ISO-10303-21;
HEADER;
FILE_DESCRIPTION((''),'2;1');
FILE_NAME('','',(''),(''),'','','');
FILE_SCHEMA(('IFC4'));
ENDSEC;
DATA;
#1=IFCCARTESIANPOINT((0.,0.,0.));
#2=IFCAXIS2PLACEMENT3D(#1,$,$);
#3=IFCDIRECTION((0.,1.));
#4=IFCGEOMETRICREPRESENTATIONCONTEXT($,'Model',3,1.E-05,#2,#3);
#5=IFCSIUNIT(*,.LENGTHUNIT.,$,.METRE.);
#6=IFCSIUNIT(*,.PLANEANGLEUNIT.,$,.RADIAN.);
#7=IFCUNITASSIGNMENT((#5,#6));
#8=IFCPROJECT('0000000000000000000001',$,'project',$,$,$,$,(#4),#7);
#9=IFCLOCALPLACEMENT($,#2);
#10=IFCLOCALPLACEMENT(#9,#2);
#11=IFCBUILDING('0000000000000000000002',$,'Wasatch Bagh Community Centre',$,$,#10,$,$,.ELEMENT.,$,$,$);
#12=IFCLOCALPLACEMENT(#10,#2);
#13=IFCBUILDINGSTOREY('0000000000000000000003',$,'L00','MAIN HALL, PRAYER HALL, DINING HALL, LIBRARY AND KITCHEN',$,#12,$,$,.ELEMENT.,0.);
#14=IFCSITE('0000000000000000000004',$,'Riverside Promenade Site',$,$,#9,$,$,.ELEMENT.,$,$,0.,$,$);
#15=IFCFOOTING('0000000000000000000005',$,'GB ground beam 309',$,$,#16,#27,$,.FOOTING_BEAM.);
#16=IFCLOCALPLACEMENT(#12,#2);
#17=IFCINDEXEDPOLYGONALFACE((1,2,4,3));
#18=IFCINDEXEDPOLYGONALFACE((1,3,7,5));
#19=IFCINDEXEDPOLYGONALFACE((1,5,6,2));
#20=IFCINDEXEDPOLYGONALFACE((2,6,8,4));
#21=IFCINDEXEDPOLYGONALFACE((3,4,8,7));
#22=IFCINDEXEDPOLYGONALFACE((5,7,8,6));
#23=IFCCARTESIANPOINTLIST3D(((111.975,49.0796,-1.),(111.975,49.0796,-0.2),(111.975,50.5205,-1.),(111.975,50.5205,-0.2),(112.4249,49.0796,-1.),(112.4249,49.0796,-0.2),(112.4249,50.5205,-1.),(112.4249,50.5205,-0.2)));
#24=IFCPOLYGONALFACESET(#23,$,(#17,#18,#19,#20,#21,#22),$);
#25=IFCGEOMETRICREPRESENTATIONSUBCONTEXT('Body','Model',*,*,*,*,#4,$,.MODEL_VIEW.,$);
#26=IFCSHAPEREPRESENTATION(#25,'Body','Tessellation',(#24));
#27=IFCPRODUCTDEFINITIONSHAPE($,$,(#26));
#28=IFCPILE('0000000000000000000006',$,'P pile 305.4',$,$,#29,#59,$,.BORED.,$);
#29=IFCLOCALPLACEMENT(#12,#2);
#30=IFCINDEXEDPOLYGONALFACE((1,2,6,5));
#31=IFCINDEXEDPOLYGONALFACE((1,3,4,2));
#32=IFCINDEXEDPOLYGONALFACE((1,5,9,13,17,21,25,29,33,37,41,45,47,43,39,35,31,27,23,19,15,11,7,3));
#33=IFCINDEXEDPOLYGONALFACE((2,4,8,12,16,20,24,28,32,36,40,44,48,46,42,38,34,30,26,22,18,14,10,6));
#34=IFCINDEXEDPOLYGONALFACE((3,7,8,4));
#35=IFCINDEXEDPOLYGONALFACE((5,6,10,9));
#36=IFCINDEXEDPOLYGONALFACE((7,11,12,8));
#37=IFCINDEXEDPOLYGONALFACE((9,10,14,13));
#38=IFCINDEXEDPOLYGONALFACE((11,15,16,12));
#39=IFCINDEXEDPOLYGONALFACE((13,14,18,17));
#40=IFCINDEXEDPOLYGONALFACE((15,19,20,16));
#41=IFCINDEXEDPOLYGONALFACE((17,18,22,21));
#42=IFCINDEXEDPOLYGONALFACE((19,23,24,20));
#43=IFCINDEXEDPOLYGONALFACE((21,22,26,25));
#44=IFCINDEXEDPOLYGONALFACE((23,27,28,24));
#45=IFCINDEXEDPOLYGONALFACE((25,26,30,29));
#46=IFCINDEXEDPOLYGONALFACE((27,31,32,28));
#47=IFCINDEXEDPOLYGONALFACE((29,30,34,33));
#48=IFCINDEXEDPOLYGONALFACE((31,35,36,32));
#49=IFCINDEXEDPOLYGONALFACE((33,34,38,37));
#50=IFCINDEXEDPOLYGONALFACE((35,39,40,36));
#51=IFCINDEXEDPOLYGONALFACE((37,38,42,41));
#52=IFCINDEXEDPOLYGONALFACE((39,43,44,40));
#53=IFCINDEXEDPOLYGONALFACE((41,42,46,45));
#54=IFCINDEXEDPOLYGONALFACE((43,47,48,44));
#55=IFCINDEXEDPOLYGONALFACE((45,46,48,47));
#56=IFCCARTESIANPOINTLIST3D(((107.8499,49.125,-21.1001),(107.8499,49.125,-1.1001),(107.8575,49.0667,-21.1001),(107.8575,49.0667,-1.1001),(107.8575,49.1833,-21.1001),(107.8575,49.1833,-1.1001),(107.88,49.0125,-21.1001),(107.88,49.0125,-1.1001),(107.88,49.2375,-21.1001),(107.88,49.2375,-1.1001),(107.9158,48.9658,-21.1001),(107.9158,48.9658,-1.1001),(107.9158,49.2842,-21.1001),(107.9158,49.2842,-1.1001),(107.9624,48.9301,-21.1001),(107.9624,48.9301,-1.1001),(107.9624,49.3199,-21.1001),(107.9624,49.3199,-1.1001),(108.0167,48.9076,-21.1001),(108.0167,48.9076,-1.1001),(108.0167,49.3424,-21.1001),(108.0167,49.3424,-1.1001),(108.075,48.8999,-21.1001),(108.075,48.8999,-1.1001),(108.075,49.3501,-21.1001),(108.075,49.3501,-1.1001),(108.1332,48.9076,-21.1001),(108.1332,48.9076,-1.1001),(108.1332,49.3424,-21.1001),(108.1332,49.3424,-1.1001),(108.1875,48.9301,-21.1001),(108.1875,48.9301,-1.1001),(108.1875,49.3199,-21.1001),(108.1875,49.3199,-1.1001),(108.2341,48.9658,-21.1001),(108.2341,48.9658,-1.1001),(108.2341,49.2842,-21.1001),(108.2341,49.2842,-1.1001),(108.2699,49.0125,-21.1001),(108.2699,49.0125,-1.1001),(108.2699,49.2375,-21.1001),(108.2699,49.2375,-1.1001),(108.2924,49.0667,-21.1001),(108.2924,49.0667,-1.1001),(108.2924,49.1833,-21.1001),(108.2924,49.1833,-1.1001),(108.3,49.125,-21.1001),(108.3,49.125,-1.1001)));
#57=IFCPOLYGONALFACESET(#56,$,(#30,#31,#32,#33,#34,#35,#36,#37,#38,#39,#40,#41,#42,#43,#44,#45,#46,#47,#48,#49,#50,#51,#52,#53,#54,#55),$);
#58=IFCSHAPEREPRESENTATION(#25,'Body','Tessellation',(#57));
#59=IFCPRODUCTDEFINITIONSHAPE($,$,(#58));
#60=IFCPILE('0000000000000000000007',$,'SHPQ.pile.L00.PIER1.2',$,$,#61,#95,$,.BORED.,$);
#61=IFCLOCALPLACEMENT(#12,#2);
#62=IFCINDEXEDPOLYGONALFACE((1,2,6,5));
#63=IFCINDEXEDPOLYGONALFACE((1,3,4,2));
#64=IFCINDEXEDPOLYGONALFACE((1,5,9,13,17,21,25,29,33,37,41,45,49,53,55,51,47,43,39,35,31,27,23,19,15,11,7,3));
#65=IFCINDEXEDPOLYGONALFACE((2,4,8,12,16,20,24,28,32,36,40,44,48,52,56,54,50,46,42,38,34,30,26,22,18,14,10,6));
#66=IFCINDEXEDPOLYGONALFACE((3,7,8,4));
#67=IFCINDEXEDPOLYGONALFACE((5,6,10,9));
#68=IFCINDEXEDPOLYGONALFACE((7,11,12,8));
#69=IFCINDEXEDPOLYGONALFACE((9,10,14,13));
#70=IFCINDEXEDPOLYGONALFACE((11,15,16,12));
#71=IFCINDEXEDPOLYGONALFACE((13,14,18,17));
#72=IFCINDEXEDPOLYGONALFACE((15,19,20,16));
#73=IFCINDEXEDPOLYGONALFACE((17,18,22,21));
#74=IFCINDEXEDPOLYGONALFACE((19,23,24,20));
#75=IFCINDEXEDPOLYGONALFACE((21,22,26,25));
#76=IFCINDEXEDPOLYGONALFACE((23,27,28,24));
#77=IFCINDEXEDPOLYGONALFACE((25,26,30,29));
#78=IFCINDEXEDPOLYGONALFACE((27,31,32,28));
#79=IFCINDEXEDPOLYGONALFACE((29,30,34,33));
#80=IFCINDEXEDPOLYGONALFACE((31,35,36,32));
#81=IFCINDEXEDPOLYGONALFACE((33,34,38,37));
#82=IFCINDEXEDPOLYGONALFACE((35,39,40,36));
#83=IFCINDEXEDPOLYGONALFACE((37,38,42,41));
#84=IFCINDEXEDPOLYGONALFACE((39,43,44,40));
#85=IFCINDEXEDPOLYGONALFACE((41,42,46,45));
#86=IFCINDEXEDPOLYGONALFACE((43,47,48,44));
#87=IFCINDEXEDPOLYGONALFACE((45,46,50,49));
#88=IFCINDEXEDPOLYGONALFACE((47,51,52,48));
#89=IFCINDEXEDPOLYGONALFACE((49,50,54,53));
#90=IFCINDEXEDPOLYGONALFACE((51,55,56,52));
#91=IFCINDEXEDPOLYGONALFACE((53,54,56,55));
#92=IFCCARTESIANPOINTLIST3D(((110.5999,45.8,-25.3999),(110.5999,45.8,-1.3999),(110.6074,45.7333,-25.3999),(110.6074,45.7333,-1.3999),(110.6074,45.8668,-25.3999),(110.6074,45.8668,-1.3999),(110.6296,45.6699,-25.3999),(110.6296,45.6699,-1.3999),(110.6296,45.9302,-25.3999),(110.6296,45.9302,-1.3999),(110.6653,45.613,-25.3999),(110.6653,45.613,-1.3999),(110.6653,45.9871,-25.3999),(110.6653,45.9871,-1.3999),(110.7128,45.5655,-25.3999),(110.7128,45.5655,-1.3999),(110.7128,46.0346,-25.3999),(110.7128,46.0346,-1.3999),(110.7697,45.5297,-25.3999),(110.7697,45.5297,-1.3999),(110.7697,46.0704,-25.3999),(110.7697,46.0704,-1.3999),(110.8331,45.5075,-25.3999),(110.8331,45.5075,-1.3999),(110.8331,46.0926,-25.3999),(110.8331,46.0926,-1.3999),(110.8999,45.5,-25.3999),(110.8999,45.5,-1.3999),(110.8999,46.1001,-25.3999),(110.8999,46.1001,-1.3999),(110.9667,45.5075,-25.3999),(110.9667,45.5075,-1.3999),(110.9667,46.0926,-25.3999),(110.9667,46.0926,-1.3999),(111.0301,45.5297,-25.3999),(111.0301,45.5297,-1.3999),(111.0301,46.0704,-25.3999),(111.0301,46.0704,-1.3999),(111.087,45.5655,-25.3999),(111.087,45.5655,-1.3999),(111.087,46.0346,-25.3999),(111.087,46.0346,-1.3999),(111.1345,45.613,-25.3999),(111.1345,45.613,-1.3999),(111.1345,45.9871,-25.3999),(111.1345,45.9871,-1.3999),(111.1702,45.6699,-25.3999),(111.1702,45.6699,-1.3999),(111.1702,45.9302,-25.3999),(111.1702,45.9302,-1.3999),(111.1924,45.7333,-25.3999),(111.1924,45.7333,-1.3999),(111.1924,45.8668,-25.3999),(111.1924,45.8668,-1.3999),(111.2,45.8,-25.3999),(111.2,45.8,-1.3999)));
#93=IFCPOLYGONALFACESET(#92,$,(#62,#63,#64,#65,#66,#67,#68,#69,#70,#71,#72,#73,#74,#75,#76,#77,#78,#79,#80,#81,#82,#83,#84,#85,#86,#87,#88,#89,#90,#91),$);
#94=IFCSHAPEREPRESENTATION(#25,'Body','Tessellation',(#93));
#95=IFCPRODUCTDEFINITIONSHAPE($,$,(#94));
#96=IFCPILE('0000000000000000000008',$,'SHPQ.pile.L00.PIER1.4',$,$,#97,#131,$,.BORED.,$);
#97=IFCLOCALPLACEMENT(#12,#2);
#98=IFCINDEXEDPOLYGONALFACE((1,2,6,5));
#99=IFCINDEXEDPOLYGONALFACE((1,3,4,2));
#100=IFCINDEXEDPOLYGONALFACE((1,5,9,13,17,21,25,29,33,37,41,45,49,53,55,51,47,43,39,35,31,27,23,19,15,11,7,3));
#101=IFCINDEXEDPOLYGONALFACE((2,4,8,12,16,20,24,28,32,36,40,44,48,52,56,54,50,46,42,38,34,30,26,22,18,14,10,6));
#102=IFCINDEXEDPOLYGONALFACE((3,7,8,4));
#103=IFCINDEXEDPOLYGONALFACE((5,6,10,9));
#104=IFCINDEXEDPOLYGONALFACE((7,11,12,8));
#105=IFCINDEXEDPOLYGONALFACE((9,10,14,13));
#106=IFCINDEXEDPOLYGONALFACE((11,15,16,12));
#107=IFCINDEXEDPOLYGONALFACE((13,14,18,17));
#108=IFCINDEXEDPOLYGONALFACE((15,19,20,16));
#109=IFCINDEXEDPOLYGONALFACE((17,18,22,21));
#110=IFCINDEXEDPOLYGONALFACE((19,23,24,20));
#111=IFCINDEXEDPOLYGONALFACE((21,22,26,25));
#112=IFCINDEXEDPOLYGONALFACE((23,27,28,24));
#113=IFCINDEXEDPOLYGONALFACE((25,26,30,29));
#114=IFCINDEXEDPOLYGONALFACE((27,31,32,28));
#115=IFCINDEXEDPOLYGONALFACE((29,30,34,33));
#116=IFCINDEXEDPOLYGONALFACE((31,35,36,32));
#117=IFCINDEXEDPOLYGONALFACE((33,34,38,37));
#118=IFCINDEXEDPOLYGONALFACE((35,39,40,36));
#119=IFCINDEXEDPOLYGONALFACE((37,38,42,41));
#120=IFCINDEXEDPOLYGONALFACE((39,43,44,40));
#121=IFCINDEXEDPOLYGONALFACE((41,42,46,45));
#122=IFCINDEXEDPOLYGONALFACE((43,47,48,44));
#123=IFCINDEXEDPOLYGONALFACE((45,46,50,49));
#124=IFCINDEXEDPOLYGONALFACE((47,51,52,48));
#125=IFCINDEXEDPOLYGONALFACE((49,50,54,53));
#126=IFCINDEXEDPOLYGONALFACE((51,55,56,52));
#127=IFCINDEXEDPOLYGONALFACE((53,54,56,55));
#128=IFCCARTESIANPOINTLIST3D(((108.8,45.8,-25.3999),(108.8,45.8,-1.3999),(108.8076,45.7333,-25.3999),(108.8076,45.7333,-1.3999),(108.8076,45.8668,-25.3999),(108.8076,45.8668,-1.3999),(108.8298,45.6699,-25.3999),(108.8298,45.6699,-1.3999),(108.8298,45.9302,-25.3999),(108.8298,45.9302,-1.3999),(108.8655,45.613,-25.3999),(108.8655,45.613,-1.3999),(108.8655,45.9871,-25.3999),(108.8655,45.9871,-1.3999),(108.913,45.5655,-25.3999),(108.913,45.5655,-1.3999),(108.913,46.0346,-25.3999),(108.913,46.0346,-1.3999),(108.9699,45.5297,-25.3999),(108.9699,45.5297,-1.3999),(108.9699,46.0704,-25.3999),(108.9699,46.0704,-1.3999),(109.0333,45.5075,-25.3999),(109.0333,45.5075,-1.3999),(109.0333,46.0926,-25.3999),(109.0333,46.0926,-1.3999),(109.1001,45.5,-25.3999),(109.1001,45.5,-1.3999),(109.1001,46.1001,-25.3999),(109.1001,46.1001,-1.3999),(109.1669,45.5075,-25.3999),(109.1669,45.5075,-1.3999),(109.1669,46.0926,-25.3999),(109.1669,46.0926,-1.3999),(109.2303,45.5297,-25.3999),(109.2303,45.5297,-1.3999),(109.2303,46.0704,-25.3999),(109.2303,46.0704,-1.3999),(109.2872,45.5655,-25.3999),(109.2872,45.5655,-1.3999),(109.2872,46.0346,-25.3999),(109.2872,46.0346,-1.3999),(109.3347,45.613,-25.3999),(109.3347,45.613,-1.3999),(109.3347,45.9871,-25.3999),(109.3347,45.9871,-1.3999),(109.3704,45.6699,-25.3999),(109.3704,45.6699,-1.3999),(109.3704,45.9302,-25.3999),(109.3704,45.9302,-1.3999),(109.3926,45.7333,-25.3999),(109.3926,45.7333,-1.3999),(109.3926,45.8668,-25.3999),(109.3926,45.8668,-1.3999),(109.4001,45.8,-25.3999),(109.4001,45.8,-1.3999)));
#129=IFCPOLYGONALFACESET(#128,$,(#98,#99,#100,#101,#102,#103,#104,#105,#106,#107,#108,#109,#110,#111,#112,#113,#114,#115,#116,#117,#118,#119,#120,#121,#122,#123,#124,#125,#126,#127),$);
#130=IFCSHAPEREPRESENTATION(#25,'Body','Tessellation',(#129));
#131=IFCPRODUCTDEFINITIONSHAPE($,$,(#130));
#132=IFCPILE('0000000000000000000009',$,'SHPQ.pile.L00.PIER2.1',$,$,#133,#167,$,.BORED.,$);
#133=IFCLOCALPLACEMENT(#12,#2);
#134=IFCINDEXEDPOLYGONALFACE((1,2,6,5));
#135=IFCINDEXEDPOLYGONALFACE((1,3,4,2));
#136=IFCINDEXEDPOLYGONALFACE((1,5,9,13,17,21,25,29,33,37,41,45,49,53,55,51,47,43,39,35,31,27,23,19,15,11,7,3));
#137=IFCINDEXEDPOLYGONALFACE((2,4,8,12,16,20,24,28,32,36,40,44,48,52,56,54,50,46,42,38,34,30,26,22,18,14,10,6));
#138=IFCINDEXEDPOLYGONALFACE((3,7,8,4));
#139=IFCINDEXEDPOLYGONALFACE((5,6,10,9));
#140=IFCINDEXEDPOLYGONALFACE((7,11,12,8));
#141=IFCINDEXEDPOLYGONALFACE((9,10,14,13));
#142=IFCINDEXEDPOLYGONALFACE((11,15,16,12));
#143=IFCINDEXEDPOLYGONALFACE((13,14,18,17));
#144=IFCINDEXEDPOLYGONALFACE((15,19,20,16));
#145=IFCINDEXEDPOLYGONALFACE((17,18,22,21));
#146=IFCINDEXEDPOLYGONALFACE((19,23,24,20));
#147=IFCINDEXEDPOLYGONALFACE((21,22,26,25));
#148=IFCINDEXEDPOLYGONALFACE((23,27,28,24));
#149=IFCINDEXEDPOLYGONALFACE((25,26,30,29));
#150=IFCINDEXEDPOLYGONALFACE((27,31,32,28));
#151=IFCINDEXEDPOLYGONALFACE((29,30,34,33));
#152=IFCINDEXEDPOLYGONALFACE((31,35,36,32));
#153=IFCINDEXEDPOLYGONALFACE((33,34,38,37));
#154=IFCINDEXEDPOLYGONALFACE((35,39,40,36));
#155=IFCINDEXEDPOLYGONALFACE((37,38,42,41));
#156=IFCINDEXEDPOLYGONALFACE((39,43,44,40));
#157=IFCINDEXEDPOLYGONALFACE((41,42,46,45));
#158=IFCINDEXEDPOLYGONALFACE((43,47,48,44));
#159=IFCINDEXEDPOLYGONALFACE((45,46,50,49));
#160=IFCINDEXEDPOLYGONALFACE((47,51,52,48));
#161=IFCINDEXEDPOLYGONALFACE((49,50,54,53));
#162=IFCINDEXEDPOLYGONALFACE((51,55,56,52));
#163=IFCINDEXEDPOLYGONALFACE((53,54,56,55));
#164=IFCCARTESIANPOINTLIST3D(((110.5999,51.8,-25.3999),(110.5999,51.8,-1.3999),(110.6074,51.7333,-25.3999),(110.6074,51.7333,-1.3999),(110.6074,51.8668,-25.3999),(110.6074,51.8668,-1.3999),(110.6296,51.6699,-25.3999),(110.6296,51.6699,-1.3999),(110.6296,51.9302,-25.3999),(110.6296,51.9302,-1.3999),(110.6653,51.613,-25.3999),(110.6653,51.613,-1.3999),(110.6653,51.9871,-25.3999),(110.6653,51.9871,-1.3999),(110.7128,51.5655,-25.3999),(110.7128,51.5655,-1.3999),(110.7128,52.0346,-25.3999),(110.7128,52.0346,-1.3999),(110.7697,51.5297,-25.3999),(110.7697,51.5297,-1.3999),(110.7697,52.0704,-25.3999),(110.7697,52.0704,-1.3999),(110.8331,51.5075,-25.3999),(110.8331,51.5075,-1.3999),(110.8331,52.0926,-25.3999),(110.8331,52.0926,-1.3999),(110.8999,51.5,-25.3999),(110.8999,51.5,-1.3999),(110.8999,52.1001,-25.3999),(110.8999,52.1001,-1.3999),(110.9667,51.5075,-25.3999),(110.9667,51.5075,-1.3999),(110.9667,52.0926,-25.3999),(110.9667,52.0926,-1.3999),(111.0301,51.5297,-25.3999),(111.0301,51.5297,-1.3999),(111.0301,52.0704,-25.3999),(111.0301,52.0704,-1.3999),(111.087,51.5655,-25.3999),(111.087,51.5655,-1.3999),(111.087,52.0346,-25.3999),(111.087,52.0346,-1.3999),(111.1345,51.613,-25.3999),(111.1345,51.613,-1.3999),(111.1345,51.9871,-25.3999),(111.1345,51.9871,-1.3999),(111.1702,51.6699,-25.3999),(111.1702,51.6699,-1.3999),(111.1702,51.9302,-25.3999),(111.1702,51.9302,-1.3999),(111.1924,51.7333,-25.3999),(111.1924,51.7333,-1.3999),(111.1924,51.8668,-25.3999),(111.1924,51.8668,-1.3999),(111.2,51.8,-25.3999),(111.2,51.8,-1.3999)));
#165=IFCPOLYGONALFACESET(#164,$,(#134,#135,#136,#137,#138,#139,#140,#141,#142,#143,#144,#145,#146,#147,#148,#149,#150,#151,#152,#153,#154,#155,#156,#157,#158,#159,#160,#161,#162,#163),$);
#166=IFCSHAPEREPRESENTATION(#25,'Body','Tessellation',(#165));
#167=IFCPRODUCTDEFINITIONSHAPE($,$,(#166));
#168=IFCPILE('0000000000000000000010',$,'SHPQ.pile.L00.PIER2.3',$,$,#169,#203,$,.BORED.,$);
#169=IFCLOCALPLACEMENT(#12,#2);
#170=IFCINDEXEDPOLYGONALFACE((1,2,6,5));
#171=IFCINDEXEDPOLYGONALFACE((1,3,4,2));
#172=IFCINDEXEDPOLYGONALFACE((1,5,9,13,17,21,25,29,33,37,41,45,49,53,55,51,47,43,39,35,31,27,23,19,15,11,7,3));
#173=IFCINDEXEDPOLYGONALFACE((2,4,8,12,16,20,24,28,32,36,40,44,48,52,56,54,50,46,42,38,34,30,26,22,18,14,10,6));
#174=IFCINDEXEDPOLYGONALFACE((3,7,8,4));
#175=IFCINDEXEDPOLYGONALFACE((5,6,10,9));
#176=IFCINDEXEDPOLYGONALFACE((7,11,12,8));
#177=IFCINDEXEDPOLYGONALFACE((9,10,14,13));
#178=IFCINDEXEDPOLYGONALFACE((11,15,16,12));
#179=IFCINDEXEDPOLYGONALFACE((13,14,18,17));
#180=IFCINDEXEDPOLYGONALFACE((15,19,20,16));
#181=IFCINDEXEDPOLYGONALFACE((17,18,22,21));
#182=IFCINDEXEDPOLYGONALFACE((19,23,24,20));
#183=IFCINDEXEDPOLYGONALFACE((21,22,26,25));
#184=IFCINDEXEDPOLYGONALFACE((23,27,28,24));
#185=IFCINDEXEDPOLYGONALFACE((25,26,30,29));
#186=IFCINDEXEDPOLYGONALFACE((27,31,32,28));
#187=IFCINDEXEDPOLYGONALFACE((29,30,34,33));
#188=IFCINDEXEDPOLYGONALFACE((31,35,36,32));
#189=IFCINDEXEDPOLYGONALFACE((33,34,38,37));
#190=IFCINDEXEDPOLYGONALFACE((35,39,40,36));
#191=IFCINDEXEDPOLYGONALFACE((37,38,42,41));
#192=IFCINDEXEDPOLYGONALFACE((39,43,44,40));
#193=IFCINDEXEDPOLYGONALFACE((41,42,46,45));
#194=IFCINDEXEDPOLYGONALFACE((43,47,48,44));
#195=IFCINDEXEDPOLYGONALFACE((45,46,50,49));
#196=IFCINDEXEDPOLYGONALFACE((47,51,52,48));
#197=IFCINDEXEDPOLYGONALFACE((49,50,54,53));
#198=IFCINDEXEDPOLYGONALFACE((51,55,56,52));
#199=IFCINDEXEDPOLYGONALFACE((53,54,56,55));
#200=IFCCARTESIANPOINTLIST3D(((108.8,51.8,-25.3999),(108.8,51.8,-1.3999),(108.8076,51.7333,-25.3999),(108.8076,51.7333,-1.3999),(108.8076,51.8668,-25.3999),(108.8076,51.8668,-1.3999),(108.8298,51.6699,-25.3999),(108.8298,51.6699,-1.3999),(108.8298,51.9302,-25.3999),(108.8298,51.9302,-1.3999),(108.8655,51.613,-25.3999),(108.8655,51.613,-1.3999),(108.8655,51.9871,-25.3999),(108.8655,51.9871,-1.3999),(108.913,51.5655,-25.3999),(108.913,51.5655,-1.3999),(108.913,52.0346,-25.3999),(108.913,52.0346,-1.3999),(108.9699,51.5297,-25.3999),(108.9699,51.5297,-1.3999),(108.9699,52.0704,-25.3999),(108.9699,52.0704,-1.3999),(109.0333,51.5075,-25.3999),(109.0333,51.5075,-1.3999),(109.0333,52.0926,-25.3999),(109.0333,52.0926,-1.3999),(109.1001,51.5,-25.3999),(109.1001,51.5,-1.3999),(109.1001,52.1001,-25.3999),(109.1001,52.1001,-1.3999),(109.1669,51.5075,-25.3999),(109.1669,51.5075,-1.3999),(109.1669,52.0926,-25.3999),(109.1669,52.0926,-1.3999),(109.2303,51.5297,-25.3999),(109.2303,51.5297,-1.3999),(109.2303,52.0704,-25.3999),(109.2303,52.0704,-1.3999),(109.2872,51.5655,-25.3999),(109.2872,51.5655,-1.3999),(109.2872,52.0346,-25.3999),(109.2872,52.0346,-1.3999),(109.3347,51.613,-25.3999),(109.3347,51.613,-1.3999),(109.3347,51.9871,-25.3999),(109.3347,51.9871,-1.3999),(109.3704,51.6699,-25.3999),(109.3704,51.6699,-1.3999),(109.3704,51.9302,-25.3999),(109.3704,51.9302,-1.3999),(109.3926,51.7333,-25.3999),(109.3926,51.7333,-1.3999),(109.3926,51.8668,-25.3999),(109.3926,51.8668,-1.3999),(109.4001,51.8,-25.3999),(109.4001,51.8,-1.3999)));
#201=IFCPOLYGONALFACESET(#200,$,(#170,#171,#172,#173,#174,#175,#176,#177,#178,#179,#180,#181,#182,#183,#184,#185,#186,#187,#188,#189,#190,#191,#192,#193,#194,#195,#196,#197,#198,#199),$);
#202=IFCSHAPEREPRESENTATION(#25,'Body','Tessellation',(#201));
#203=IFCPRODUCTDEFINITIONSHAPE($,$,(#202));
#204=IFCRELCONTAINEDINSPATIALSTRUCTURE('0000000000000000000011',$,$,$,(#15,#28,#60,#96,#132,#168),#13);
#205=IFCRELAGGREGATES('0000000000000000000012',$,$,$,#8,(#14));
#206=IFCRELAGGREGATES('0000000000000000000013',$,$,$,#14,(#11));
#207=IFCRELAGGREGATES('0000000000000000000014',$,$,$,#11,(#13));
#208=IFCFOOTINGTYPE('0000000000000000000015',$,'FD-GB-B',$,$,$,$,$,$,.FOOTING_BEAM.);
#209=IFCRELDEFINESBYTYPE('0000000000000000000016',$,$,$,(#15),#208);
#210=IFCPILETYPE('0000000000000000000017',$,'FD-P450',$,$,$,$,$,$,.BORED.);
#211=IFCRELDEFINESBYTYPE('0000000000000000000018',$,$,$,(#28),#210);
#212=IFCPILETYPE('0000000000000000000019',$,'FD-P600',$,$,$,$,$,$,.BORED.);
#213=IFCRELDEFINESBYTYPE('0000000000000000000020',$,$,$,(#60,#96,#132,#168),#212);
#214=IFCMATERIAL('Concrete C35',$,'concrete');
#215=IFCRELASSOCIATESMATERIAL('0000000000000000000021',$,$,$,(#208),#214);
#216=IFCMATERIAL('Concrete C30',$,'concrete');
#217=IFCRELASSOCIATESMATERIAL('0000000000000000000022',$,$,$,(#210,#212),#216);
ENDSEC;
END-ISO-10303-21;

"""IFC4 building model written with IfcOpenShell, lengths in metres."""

from ifc_helpers import new_model, si_unit, direction, frame, origin, origin_2d, place, context, subcontext, project, spatial, rectangle, circle, extrude, material, material_profile, profile_set, type_object, element, save


model = new_model("IFC4")

# Units and contexts
model_context = context("Model", 3, precision=1e-05, world=origin(), true_north=direction((0.0, 1.0)))
body_context = subcontext(model_context, "Body", "Model", "MODEL_VIEW")
ifc_project = project(units=[si_unit("LENGTHUNIT", "METRE"), si_unit("PLANEANGLEUNIT", "RADIAN")], contexts=[model_context])

# Site, building, storey
site_placement = place(None, origin())
site = spatial("IfcSite", under=ifc_project, at=site_placement, Name="Riverside Promenade Site", CompositionType="ELEMENT", RefElevation=0.0)
building_placement = place(site_placement, origin())
building = spatial("IfcBuilding", under=site, at=building_placement, Name="Wasatch Bagh Community Centre", CompositionType="ELEMENT")
storey_placement = place(building_placement, origin())
storey = spatial("IfcBuildingStorey", under=building, at=storey_placement, Name="L00", Description="MAIN HALL, PRAYER HALL, DINING HALL, LIBRARY AND KITCHEN", CompositionType="ELEMENT", Elevation=0.0)

# Footing
ifc_material_1 = material(Name="Concrete C35", Category="concrete")
footing_type_1 = type_object("IfcFootingType", Name="FD-GB-B", PredefinedType="FOOTING_BEAM", material=ifc_material_1)
footing_1_placement = place(storey_placement, frame((112.2, 49.8, -1.0), z_axis=(0.0, 0.0, 1.0), x_axis=(0.0, 1.0, 0.0)))
element("IfcFooting", 1, at=footing_1_placement, inside=storey, type_object=footing_type_1, Name="GB ground beam 309", PredefinedType="FOOTING_BEAM", context=body_context, shape_type="SweptSolid", body=[
    extrude(rectangle(XDim=1.4409, YDim=0.45, at=origin_2d()), origin(), (0.0, 0.0, 1.0), 0.8),
])

# Piles
ifc_material_2 = material(Name="Concrete C30", Category="concrete")
ifc_material_profile_1 = material_profile(ifc_material_2, circle(Radius=0.2251, at=origin_2d()), Name="RC D450")
ifc_profile_set_1 = profile_set([ifc_material_profile_1], Name="Concrete C30")
pile_type_1 = type_object("IfcPileType", Name="FD-P450", PredefinedType="BORED", material=ifc_profile_set_1)
pile_placement = place(storey_placement, frame((108.075, 49.125, -1.1001), z_axis=(0.0, 0.0, -1.0), x_axis=(1.0, 0.0, 0.0)))
element("IfcPile", 2, at=pile_placement, inside=storey, type_object=pile_type_1, Name="P pile 305.4", PredefinedType="BORED", context=body_context, shape_type="SweptSolid", body=[
    extrude(circle(Radius=0.2251, at=origin_2d()), origin(), (0.0, 0.0, 1.0), 20.0),
])
ifc_material_profile_2 = material_profile(ifc_material_2, circle(Radius=0.3, at=origin_2d()), Name="RC D600")
ifc_profile_set_2 = profile_set([ifc_material_profile_2], Name="Concrete C30")
pile_type_2 = type_object("IfcPileType", Name="FD-P600", PredefinedType="BORED", material=ifc_profile_set_2)
for number, where, z_axis, x_axis, name in (
    (3, (110.8999, 45.8, -1.3999), (0.0, 0.0, -1.0), (1.0, 0.0, 0.0), "SHPQ.pile.L00.PIER1.2"),
    (4, (109.1001, 45.8, -1.3999), (0.0, 0.0, -1.0), (1.0, 0.0, 0.0), "SHPQ.pile.L00.PIER1.4"),
    (5, (110.8999, 51.8, -1.3999), (0.0, 0.0, -1.0), (1.0, 0.0, 0.0), "SHPQ.pile.L00.PIER2.1"),
    (6, (109.1001, 51.8, -1.3999), (0.0, 0.0, -1.0), (1.0, 0.0, 0.0), "SHPQ.pile.L00.PIER2.3"),
):
    element("IfcPile", number, at=place(storey_placement, frame(where, z_axis=z_axis, x_axis=x_axis)), inside=storey, type_object=pile_type_2, Name=name, PredefinedType="BORED", context=body_context, shape_type="SweptSolid", body=[
        extrude(circle(Radius=0.3, at=origin_2d()), origin(), (0.0, 0.0, 1.0), 24.0),
    ])

save(model, "model.ifc")
